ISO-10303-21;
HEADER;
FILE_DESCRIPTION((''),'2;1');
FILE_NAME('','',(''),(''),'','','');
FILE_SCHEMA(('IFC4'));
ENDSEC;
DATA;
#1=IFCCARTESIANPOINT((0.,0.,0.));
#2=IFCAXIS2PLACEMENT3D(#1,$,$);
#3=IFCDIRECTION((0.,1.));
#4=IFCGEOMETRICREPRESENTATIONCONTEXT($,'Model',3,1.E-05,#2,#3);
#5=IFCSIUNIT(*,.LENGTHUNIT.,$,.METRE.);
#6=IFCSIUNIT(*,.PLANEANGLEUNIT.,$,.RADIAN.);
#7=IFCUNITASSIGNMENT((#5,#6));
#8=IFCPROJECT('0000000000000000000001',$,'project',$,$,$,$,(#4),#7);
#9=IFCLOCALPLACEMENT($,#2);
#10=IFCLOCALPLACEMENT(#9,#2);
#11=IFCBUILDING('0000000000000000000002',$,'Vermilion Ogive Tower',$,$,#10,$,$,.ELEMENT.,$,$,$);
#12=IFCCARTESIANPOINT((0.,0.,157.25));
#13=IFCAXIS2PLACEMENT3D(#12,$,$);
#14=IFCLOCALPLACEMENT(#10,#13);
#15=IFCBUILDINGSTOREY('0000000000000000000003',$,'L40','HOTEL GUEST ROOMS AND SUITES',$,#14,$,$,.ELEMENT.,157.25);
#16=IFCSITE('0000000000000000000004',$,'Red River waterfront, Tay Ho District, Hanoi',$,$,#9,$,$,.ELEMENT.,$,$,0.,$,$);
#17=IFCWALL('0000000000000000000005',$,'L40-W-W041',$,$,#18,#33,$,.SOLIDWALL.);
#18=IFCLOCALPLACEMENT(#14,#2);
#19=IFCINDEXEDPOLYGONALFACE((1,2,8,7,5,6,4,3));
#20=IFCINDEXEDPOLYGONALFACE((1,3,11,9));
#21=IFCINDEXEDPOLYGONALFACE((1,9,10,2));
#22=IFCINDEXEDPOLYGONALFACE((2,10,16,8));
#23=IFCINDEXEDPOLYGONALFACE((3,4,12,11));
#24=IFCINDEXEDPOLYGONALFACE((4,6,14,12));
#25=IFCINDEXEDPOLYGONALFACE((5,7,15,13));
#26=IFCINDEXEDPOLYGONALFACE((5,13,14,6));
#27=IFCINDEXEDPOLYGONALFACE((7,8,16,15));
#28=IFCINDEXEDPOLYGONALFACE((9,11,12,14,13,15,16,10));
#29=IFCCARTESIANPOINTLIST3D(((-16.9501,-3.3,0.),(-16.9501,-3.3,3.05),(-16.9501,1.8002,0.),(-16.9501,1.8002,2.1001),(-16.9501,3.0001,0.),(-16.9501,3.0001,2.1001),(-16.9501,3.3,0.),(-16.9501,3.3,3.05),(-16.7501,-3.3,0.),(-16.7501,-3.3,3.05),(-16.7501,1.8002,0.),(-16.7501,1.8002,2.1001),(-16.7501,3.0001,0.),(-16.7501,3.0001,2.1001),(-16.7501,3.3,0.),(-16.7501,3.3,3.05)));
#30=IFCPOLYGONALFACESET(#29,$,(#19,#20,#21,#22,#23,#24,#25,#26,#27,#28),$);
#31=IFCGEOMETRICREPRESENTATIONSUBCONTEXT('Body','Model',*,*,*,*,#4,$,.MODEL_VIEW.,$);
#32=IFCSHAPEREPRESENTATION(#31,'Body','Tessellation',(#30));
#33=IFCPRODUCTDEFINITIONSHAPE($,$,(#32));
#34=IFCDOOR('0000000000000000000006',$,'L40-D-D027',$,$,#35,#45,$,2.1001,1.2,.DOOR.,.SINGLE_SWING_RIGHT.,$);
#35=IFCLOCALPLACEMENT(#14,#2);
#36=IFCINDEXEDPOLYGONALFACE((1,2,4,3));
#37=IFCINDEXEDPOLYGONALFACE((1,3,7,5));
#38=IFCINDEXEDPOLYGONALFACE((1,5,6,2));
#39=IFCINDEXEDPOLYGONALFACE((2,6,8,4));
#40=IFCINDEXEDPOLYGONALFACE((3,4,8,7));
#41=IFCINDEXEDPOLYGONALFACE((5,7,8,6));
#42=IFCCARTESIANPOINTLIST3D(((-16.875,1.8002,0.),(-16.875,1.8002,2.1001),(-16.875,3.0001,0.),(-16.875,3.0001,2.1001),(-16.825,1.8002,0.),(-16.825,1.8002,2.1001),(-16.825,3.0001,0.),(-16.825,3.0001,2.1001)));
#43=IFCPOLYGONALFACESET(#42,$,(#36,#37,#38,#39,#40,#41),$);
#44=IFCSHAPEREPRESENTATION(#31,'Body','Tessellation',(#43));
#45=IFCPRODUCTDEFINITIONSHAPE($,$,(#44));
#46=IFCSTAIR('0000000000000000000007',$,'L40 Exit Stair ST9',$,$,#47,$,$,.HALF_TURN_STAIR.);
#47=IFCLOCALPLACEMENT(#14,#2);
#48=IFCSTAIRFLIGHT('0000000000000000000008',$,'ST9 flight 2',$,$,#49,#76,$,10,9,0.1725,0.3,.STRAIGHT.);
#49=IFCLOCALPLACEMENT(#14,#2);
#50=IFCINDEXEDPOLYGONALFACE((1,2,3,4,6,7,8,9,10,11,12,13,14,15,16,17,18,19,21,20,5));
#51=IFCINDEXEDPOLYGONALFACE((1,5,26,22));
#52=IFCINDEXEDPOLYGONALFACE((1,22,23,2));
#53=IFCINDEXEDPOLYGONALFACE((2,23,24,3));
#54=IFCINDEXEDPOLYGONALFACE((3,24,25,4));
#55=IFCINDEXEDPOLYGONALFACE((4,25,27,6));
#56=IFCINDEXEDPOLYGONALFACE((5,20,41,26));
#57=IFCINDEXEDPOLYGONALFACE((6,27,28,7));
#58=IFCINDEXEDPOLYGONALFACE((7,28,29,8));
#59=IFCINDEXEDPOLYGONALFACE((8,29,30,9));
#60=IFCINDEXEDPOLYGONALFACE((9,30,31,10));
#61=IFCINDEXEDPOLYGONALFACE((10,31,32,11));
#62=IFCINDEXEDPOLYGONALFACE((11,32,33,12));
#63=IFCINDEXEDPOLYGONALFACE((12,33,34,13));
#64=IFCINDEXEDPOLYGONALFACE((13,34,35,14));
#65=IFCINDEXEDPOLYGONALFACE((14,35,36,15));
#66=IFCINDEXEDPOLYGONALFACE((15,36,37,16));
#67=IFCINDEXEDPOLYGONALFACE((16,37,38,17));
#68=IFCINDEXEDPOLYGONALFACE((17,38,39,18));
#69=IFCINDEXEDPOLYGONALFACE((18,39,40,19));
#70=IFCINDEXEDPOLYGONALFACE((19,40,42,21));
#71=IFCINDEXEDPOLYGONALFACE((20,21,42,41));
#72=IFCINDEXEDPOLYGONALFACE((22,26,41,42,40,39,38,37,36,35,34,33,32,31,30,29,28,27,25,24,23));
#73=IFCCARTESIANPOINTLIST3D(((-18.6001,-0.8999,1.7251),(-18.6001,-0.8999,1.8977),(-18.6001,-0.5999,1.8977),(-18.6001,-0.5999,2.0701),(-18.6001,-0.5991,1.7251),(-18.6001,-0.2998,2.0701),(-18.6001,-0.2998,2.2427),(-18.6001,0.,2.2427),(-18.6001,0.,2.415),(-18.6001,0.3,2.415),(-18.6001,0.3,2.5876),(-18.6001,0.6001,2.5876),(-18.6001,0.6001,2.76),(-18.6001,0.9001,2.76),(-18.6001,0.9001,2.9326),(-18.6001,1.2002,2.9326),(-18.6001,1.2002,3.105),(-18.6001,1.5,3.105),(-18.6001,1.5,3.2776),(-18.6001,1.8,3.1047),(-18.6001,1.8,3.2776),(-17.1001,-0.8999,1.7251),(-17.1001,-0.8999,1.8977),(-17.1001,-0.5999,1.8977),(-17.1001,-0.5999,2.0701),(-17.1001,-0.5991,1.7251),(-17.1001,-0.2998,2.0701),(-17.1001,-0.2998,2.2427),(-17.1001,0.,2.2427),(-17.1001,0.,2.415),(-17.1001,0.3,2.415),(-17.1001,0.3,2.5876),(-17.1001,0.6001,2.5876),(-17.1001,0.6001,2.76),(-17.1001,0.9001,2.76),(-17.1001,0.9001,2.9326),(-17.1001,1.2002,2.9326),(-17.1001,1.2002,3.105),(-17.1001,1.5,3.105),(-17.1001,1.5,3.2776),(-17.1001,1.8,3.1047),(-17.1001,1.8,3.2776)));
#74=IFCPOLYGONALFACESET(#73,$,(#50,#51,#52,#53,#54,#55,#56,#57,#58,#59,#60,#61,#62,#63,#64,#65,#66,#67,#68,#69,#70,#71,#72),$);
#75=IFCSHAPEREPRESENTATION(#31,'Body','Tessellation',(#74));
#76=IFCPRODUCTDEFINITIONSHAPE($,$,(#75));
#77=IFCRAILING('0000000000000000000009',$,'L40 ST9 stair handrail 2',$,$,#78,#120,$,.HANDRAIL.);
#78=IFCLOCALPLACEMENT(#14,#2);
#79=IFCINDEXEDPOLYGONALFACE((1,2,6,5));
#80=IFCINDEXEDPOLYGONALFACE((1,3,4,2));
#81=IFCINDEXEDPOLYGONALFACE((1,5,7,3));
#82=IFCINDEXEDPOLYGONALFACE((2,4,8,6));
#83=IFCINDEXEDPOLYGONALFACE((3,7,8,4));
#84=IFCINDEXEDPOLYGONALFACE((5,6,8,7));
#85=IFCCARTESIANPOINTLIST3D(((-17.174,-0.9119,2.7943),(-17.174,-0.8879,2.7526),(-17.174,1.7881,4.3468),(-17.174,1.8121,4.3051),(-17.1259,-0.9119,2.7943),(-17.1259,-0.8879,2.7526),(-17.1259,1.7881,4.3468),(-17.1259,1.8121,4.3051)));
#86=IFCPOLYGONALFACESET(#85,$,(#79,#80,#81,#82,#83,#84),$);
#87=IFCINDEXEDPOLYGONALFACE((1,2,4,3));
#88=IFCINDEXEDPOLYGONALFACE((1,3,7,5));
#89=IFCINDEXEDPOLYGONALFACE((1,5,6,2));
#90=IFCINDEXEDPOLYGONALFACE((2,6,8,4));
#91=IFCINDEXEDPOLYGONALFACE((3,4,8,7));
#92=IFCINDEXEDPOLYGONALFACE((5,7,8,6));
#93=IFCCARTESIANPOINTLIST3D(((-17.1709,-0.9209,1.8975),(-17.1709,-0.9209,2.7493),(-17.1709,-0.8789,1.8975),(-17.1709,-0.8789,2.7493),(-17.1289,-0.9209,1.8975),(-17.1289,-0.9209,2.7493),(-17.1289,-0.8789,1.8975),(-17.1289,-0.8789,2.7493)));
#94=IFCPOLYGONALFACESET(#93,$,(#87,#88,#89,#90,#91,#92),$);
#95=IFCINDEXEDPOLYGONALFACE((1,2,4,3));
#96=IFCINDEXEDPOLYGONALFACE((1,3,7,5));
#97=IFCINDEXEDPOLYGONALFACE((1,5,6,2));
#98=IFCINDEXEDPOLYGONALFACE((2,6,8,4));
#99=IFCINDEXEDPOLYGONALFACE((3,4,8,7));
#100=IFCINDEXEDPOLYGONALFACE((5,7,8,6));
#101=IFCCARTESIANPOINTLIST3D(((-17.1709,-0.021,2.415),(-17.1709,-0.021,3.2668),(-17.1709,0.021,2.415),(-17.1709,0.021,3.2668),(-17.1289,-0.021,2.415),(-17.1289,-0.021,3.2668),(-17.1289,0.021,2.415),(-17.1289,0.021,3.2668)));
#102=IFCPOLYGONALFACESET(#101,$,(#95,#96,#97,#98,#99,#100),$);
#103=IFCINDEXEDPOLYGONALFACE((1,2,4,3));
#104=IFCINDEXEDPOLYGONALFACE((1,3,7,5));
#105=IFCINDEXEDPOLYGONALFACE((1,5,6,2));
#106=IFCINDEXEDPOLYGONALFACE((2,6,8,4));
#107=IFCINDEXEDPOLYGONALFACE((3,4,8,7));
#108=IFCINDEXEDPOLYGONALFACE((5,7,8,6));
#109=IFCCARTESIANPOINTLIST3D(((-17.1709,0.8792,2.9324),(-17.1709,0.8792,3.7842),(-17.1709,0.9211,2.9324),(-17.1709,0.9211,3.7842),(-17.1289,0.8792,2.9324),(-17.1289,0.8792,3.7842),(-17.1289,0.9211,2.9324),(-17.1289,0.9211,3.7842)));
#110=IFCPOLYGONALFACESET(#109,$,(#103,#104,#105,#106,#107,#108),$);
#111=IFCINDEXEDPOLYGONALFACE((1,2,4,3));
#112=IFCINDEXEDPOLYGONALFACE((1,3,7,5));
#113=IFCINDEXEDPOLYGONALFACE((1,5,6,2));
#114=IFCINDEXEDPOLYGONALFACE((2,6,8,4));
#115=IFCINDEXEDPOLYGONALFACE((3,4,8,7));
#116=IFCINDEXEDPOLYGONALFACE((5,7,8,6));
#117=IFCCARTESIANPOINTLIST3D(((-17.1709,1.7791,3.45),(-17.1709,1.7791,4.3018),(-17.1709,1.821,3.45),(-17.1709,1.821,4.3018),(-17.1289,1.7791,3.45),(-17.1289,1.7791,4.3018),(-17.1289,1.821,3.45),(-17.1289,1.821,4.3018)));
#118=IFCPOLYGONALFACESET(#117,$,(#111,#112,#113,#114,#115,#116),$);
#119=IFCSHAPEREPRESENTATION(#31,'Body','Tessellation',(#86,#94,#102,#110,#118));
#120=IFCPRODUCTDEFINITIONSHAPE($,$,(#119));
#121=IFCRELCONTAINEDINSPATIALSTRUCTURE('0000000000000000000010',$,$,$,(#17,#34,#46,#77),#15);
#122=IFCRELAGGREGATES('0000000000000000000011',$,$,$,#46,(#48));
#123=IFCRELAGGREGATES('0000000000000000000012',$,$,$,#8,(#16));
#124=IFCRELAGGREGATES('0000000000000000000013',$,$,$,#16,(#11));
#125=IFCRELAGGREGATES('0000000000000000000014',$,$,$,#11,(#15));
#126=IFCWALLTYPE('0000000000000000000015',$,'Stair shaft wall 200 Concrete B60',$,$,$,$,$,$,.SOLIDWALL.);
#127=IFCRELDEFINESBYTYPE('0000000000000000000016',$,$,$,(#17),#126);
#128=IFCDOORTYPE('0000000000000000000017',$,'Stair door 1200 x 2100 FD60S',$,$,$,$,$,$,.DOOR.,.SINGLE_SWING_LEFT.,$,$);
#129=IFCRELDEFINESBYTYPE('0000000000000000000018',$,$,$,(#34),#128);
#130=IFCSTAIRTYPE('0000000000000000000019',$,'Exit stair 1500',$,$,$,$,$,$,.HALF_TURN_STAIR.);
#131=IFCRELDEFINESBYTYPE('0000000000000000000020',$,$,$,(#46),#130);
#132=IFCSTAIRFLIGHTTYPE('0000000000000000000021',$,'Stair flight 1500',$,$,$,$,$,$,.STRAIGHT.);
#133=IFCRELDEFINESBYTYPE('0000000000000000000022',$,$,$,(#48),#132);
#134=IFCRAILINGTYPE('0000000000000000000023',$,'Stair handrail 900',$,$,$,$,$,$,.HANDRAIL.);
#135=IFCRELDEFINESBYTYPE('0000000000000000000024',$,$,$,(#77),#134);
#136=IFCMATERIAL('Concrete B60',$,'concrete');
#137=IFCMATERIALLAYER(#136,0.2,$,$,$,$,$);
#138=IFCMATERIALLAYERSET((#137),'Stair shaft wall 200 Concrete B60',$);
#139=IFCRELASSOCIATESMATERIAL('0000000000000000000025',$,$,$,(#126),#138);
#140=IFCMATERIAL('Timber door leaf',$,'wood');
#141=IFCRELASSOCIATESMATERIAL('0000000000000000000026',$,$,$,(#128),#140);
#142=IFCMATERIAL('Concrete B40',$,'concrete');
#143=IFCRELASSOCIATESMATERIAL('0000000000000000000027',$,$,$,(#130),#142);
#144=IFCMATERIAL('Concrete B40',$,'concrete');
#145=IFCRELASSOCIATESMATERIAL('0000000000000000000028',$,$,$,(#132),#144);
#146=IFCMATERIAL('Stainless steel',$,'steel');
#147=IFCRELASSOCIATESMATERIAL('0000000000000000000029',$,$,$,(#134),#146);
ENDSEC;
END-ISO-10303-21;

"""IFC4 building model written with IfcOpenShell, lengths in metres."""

from ifc_helpers import new_model, si_unit, direction, frame, frame_2d, origin, origin_2d, place, context, subcontext, project, spatial, polyline, rectangle, outline, extrude, material, layer, layer_set, type_object, element, fill, aggregate, save


model = new_model("IFC4")

# Units and contexts
model_context = context("Model", 3, precision=1e-05, world=origin(), true_north=direction((0.0, 1.0)))
body_context = subcontext(model_context, "Body", "Model", "MODEL_VIEW")
ifc_project = project(units=[si_unit("LENGTHUNIT", "METRE"), si_unit("PLANEANGLEUNIT", "RADIAN")], contexts=[model_context])

# Site, building, storey
site_placement = place(None, origin())
site = spatial("IfcSite", under=ifc_project, at=site_placement, Name="Red River waterfront, Tay Ho District, Hanoi", CompositionType="ELEMENT", RefElevation=0.0)
building_placement = place(site_placement, origin())
building = spatial("IfcBuilding", under=site, at=building_placement, Name="Vermilion Ogive Tower", CompositionType="ELEMENT")
storey_placement = place(building_placement, frame((0.0, 0.0, 157.25)))
storey = spatial("IfcBuildingStorey", under=building, at=storey_placement, Name="L40", Description="HOTEL GUEST ROOMS AND SUITES", CompositionType="ELEMENT", Elevation=157.25)

# Shared definitions
ifc_material_1 = material(Name="Concrete B60", Category="concrete")
ifc_layer_1 = layer(ifc_material_1, 0.2)
ifc_layer_set_1 = layer_set([ifc_layer_1], Name="Stair shaft wall 200 Concrete B60")
wall_type_1 = type_object("IfcWallType", Name="Stair shaft wall 200 Concrete B60", PredefinedType="SOLIDWALL", material=ifc_layer_set_1)

# Wall, opening, door
wall_1_placement = place(storey_placement, frame((-16.8501, -3.3, 0.0), z_axis=(0.0, 0.0, 1.0), x_axis=(0.0, 1.0, 0.0)))
wall_1 = element("IfcWall", 1, at=wall_1_placement, inside=storey, type_object=wall_type_1, Name="L40-W-W041", PredefinedType="SOLIDWALL", context=body_context, shape_type="SweptSolid", body=[
    extrude(rectangle(XDim=6.6001, YDim=0.2, at=frame_2d((3.3, 0.0))), origin(), (0.0, 0.0, 1.0), 3.05),
])
opening_1_placement = place(wall_1_placement, frame((5.1001, 0.0, 0.0)))
opening_1 = element("IfcOpeningElement", 2, at=opening_1_placement, cuts=wall_1, PredefinedType="OPENING", context=body_context, shape_type="SweptSolid", body=[
    extrude(rectangle(XDim=1.2, YDim=2.1001, at=frame_2d((0.6001, 1.05))), frame((0.0, 0.1099, 0.0), z_axis=(0.0, -1.0, 0.0), x_axis=(1.0, 0.0, 0.0)), (0.0, 0.0, 1.0), 0.22),
])
ifc_material_2 = material(Name="Timber door leaf", Category="wood")
door_type_1 = type_object("IfcDoorType", Name="Stair door 1200 x 2100 FD60S", OperationType="SINGLE_SWING_LEFT", PredefinedType="DOOR", material=ifc_material_2)
door_1_placement = place(opening_1_placement, origin())
door_1 = element("IfcDoor", 3, at=door_1_placement, inside=storey, type_object=door_type_1, Name="L40-D-D027", OperationType="SINGLE_SWING_RIGHT", OverallHeight=2.1001, OverallWidth=1.2, PredefinedType="DOOR", context=body_context, shape_type="SweptSolid", body=[
    extrude(rectangle(XDim=1.2, YDim=2.1001, at=frame_2d((0.6001, 1.05))), frame((0.0, 0.0249, 0.0), z_axis=(0.0, -1.0, 0.0), x_axis=(1.0, 0.0, 0.0)), (0.0, 0.0, 1.0), 0.05),
])
fill(opening_1, door_1)

# Stair, stair flight
ifc_material_3 = material(Name="Concrete B40", Category="concrete")
stair_type = type_object("IfcStairType", Name="Exit stair 1500", PredefinedType="HALF_TURN_STAIR", material=ifc_material_3)
stair_placement = place(storey_placement, origin())
stair = element("IfcStair", 4, at=stair_placement, inside=storey, type_object=stair_type, Name="L40 Exit Stair ST9", PredefinedType="HALF_TURN_STAIR")
ifc_material_4 = material(Name="Concrete B40", Category="concrete")
stair_flight_type = type_object("IfcStairFlightType", Name="Stair flight 1500", PredefinedType="STRAIGHT", material=ifc_material_4)
stair_flight_placement = place(storey_placement, frame((-17.8501, -0.8999, 1.7251), z_axis=(0.0, 0.0, 1.0), x_axis=(0.0, 1.0, 0.0)))
stair_flight = element("IfcStairFlight", 5, at=stair_flight_placement, type_object=stair_flight_type, Name="ST9 flight 2", NumberOfRisers=10, NumberOfTreads=9, PredefinedType="STRAIGHT", RiserHeight=0.1725, TreadLength=0.3, context=body_context, shape_type="SweptSolid", body=[
    extrude(outline(polyline([(0.0, 0.0), (0.0, 0.1726), (0.3, 0.1726), (0.3, 0.345), (0.6001, 0.345), (0.6001, 0.5176), (0.8999, 0.5176), (0.8999, 0.6899), (1.2, 0.6899), (1.2, 0.8625), (1.5, 0.8625), (1.5, 1.0349), (1.8, 1.0349), (1.8, 1.2075), (2.1001, 1.2075), (2.1001, 1.3799), (2.3999, 1.3799), (2.3999, 1.5525), (2.7, 1.5525), (2.7, 1.7251), (2.7, 1.3796), (0.3008, 0.0), (0.0, 0.0)])), frame((0.0, 0.75, 0.0), z_axis=(0.0, -1.0, 0.0), x_axis=(1.0, 0.0, 0.0)), (0.0, 0.0, 1.0), 1.5),
])
aggregate(stair, [stair_flight])

# Railing
ifc_material_5 = material(Name="Stainless steel", Category="steel")
railing_type = type_object("IfcRailingType", Name="Stair handrail 900", PredefinedType="HANDRAIL", material=ifc_material_5)
railing_placement = place(storey_placement, frame((-17.1499, -0.8999, 1.8975)))
element("IfcRailing", 6, at=railing_placement, inside=storey, type_object=railing_type, Name="L40 ST9 stair handrail 2", PredefinedType="HANDRAIL", context=body_context, shape_type="SweptSolid", body=[
    extrude(rectangle(XDim=0.0481, YDim=0.0481, at=origin_2d()), frame((0.0, 0.0, 0.876), z_axis=(0.0, 0.866904, 0.498476), x_axis=(-1.0, 0.0, 0.0)), (0.0, 0.0, 1.0), 3.1145),
    extrude(rectangle(XDim=0.042, YDim=0.042, at=origin_2d()), origin(), (0.0, 0.0, 1.0), 0.8518),
    extrude(rectangle(XDim=0.042, YDim=0.042, at=origin_2d()), frame((0.0, 0.8999, 0.5176)), (0.0, 0.0, 1.0), 0.8518),
    extrude(rectangle(XDim=0.042, YDim=0.042, at=origin_2d()), frame((0.0, 1.8, 1.0349)), (0.0, 0.0, 1.0), 0.8518),
    extrude(rectangle(XDim=0.042, YDim=0.042, at=origin_2d()), frame((0.0, 2.7, 1.5525)), (0.0, 0.0, 1.0), 0.8518),
])

save(model, "model.ifc")
